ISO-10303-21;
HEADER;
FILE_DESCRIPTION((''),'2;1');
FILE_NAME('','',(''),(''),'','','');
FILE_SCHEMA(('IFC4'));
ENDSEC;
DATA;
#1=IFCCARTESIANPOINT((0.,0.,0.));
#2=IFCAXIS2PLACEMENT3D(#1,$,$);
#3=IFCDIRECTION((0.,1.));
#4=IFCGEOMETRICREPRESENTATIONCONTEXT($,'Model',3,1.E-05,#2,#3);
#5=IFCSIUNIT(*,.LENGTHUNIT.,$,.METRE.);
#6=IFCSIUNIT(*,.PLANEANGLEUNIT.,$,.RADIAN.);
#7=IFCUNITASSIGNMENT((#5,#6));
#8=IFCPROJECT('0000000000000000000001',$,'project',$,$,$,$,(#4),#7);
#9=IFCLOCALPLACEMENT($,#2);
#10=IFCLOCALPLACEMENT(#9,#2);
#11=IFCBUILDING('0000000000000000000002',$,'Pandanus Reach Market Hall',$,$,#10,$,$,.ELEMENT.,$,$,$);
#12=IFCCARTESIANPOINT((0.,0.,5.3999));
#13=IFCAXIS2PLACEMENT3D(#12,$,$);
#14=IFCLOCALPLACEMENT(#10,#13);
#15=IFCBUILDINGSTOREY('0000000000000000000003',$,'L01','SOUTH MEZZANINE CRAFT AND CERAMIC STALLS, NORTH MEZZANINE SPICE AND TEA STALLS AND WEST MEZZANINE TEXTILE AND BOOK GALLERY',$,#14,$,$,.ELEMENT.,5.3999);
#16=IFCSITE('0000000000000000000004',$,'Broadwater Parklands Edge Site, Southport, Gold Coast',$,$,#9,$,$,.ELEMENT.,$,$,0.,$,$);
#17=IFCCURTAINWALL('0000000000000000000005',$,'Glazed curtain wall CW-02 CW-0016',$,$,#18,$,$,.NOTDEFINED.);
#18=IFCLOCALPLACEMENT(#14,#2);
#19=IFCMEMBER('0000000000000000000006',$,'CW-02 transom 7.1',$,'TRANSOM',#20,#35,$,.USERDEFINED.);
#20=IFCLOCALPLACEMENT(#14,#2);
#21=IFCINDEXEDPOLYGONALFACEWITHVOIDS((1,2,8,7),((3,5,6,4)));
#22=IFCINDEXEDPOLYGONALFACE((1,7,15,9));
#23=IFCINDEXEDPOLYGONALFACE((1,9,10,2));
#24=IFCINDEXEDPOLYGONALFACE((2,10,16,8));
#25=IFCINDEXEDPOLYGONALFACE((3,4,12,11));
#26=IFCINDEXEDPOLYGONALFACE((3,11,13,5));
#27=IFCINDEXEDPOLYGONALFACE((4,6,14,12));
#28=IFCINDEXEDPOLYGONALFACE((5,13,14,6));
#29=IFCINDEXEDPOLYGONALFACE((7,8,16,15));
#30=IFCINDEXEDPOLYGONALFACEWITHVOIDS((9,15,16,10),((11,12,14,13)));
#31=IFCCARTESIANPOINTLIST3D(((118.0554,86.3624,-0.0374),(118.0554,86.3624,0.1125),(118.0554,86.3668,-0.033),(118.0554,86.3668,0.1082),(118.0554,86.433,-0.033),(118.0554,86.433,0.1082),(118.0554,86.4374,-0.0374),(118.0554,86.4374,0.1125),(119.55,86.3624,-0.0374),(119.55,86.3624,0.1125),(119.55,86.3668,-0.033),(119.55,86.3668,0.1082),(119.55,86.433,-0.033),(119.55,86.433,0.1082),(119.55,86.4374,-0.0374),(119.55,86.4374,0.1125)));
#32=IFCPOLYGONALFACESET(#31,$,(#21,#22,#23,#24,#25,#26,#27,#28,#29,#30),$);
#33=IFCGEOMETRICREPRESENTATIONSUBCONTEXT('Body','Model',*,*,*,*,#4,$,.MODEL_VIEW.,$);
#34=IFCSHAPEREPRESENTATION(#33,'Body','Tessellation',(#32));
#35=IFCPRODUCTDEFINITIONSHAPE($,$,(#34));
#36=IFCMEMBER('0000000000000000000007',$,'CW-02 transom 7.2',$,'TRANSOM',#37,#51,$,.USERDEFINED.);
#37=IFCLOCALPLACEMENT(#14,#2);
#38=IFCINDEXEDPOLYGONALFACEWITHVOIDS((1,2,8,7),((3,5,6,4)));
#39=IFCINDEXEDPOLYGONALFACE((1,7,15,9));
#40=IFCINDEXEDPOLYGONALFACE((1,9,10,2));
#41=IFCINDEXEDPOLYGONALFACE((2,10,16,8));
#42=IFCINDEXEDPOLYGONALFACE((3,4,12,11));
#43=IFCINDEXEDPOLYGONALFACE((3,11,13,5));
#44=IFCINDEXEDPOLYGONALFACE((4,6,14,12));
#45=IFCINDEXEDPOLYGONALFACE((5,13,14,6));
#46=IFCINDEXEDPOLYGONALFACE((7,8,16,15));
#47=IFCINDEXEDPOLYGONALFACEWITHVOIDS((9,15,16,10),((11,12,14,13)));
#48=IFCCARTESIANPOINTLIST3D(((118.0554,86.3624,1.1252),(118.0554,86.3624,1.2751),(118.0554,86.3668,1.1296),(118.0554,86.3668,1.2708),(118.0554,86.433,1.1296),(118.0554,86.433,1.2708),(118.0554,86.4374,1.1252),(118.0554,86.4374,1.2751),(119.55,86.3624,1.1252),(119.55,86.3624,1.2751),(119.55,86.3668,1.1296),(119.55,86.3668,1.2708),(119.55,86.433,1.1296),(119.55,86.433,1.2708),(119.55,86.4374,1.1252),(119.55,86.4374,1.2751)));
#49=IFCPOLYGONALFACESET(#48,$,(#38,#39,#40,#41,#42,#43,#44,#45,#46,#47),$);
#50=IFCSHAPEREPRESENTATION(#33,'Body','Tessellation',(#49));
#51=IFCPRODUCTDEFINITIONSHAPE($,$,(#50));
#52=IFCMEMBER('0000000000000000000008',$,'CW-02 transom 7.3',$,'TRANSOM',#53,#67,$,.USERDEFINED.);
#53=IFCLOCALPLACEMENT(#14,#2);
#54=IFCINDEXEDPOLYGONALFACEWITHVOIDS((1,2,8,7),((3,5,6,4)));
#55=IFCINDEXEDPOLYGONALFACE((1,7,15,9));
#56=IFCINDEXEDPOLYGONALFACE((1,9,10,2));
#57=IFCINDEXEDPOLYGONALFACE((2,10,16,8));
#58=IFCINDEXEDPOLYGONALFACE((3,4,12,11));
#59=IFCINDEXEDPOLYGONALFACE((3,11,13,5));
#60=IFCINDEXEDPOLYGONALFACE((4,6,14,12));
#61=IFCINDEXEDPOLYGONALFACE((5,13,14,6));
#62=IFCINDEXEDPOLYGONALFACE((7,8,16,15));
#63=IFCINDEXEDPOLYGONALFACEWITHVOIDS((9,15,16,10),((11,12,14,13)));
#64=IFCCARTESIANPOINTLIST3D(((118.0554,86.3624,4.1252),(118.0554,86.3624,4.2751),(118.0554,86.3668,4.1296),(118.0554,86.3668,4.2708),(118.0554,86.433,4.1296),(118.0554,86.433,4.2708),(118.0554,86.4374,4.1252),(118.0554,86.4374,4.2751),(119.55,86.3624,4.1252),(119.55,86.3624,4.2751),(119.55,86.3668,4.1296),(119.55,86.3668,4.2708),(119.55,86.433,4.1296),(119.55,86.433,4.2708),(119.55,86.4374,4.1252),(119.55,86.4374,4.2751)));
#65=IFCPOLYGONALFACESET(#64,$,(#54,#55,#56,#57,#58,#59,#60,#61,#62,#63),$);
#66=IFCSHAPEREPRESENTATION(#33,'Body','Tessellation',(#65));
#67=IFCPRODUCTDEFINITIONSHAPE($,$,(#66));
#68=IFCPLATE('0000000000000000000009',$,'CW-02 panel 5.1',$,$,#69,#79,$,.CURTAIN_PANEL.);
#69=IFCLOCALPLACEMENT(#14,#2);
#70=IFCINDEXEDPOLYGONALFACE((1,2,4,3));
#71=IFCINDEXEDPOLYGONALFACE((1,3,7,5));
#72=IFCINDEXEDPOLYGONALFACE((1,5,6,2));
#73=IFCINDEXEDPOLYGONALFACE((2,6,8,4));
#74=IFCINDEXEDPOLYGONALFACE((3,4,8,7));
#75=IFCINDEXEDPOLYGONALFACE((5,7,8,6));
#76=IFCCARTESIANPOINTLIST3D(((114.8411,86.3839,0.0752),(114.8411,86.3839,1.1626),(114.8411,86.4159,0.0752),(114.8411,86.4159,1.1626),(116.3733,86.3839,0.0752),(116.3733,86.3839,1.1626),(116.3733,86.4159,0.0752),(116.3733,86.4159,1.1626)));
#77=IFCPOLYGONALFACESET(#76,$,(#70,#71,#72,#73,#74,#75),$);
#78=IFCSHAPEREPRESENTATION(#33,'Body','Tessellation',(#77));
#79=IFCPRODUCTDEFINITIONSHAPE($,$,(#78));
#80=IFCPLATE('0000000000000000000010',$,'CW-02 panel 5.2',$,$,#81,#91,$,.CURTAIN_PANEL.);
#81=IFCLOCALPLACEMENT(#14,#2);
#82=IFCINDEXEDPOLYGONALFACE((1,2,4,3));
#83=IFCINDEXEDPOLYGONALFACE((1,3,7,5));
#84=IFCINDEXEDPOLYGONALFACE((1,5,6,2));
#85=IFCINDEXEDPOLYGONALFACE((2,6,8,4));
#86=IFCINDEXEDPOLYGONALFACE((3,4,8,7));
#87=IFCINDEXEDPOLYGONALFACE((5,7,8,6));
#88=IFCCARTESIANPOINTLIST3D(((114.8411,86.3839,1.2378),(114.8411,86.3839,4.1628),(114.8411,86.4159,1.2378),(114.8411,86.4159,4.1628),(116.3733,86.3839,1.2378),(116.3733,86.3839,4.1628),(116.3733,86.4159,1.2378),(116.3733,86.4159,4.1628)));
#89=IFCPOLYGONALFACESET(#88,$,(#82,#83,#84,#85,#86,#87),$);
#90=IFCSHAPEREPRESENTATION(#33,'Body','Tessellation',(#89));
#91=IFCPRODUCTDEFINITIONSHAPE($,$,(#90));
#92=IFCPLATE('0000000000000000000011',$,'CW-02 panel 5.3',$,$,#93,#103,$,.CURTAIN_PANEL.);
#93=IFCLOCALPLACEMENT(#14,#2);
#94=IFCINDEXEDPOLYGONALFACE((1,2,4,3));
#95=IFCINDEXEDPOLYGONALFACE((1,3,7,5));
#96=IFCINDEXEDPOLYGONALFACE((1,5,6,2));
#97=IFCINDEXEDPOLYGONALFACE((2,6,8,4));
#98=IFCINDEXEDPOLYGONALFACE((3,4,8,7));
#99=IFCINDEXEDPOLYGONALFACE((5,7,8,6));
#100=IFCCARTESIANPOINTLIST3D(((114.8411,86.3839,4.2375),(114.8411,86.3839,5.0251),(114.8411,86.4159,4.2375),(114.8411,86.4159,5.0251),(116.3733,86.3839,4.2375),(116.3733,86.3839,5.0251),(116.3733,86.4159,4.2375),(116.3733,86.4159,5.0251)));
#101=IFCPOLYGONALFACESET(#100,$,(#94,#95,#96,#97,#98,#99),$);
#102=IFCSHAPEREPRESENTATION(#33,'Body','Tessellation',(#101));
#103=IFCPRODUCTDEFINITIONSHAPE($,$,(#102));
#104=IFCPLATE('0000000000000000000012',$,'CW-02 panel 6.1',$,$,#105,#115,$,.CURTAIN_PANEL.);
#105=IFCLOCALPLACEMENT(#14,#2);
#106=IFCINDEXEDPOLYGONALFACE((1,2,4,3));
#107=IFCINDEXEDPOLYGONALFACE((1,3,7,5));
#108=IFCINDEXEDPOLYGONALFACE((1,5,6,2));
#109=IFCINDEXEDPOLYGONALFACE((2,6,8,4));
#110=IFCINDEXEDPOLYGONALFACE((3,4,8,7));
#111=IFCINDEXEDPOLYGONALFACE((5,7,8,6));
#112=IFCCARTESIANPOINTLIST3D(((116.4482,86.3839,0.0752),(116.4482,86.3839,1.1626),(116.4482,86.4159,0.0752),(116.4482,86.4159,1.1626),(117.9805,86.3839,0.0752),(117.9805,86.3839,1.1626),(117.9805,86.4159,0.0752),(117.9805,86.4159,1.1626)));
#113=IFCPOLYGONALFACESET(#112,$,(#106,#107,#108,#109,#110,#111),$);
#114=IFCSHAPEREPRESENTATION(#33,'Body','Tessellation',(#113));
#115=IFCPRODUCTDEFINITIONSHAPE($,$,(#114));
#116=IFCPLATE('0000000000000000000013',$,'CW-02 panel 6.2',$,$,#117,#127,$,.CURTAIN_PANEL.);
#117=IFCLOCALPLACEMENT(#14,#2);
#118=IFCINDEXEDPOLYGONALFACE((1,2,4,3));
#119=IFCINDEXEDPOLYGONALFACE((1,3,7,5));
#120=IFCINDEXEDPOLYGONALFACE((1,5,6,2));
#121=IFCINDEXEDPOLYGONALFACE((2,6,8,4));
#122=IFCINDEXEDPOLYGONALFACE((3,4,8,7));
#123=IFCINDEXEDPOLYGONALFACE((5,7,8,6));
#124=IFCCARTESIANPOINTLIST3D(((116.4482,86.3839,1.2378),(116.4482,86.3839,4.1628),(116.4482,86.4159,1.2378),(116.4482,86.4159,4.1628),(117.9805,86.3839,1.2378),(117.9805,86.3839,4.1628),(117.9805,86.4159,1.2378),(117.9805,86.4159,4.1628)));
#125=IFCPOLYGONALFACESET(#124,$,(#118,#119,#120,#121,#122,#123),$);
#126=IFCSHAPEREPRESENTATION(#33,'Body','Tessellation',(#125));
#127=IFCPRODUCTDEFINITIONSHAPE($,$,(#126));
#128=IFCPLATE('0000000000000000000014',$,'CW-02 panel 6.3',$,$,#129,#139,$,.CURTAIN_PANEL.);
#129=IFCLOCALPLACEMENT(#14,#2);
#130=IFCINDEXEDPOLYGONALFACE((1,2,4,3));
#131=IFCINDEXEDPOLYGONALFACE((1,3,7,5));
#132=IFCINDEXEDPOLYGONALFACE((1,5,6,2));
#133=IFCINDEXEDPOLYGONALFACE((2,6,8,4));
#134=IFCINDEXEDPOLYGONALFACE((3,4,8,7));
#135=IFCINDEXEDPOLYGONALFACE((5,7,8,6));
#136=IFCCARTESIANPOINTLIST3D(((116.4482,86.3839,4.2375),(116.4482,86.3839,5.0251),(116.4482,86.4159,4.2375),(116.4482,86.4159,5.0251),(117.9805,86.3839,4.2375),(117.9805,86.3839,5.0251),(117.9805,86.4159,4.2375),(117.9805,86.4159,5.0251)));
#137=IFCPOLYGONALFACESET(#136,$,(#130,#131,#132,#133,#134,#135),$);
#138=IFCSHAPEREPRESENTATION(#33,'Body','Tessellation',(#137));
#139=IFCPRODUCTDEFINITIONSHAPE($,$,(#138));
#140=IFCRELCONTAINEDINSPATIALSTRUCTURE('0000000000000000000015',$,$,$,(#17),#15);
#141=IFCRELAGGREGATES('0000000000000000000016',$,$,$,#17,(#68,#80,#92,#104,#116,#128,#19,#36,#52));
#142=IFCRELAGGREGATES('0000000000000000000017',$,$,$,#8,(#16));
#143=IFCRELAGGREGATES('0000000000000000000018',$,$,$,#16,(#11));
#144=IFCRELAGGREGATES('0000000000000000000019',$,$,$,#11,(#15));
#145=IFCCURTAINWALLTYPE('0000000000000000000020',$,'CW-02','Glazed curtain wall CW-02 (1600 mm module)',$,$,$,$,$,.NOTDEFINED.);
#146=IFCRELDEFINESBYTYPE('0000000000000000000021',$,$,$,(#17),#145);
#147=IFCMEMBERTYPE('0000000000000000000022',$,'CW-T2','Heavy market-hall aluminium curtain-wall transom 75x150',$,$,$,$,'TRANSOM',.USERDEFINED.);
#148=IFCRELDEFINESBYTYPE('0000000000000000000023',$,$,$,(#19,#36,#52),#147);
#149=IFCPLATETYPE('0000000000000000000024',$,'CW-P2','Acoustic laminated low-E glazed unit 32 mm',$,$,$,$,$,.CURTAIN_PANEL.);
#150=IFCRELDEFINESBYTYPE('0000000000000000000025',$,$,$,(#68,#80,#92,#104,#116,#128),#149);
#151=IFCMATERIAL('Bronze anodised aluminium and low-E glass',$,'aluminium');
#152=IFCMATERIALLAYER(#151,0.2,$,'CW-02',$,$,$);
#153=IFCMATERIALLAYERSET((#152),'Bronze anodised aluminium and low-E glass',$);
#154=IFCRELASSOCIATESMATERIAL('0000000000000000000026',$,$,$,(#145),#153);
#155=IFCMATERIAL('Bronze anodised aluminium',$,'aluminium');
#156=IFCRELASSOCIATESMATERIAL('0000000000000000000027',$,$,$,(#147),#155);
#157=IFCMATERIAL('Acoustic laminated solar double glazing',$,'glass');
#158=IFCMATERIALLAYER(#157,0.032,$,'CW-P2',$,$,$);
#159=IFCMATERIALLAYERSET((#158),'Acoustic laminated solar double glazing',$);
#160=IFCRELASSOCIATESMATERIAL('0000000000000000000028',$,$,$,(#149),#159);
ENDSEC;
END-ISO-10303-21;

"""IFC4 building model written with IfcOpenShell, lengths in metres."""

from ifc_helpers import new_model, si_unit, direction, frame, origin, origin_2d, place, context, subcontext, project, spatial, rectangle, hollow_rectangle, extrude, material, layer, layer_set, material_profile, profile_set, type_object, element, aggregate, save


model = new_model("IFC4")

# Units and contexts
model_context = context("Model", 3, precision=1e-05, world=origin(), true_north=direction((0.0, 1.0)))
body_context = subcontext(model_context, "Body", "Model", "MODEL_VIEW")
ifc_project = project(units=[si_unit("LENGTHUNIT", "METRE"), si_unit("PLANEANGLEUNIT", "RADIAN")], contexts=[model_context])

# Site, building, storey
site_placement = place(None, origin())
site = spatial("IfcSite", under=ifc_project, at=site_placement, Name="Broadwater Parklands Edge Site, Southport, Gold Coast", CompositionType="ELEMENT", RefElevation=0.0)
building_placement = place(site_placement, origin())
building = spatial("IfcBuilding", under=site, at=building_placement, Name="Pandanus Reach Market Hall", CompositionType="ELEMENT")
storey_placement = place(building_placement, frame((0.0, 0.0, 5.3999)))
storey = spatial("IfcBuildingStorey", under=building, at=storey_placement, Name="L01", Description="SOUTH MEZZANINE CRAFT AND CERAMIC STALLS, NORTH MEZZANINE SPICE AND TEA STALLS AND WEST MEZZANINE TEXTILE AND BOOK GALLERY", CompositionType="ELEMENT", Elevation=5.3999)

# Curtain wall, members, plates
ifc_material_1 = material(Name="Bronze anodised aluminium and low-E glass", Category="aluminium")
ifc_layer_1 = layer(ifc_material_1, 0.2, Name="CW-02")
ifc_layer_set_1 = layer_set([ifc_layer_1], Name="Bronze anodised aluminium and low-E glass")
curtain_wall_type = type_object("IfcCurtainWallType", Name="CW-02", Description="Glazed curtain wall CW-02 (1600 mm module)", PredefinedType="NOTDEFINED", material=ifc_layer_set_1)
curtain_wall_placement = place(storey_placement, origin())
curtain_wall = element("IfcCurtainWall", 1, at=curtain_wall_placement, inside=storey, type_object=curtain_wall_type, Name="Glazed curtain wall CW-02 CW-0016", PredefinedType="NOTDEFINED")
ifc_material_2 = material(Name="Bronze anodised aluminium", Category="aluminium")
ifc_material_profile_1 = material_profile(ifc_material_2, hollow_rectangle(XDim=0.075, YDim=0.1499, WallThickness=0.0044, at=origin_2d()), Name="ALU75x150", Category="LoadBearing")
ifc_profile_set_1 = profile_set([ifc_material_profile_1], Name="Bronze anodised aluminium")
member_type_1 = type_object("IfcMemberType", Name="CW-T2", Description="Heavy market-hall aluminium curtain-wall transom 75x150", ElementType="TRANSOM", PredefinedType="USERDEFINED", material=ifc_profile_set_1)
member_1_placement = place(storey_placement, frame((118.0554, 86.3999, 0.0376), z_axis=(1.0, 0.0, 0.0), x_axis=(0.0, 1.0, 0.0)))
member_1 = element("IfcMember", 2, at=member_1_placement, type_object=member_type_1, Name="CW-02 transom 7.1", ObjectType="TRANSOM", PredefinedType="USERDEFINED", context=body_context, shape_type="SweptSolid", body=[
    extrude(hollow_rectangle(XDim=0.075, YDim=0.1499, WallThickness=0.0044, at=origin_2d()), origin(), (0.0, 0.0, 1.0), 1.4946),
])
member_2_placement = place(storey_placement, frame((118.0554, 86.3999, 1.2002), z_axis=(1.0, 0.0, 0.0), x_axis=(0.0, 1.0, 0.0)))
member_2 = element("IfcMember", 3, at=member_2_placement, type_object=member_type_1, Name="CW-02 transom 7.2", ObjectType="TRANSOM", PredefinedType="USERDEFINED", context=body_context, shape_type="SweptSolid", body=[
    extrude(hollow_rectangle(XDim=0.075, YDim=0.1499, WallThickness=0.0044, at=origin_2d()), origin(), (0.0, 0.0, 1.0), 1.4946),
])
member_3_placement = place(storey_placement, frame((118.0554, 86.3999, 4.2002), z_axis=(1.0, 0.0, 0.0), x_axis=(0.0, 1.0, 0.0)))
member_3 = element("IfcMember", 4, at=member_3_placement, type_object=member_type_1, Name="CW-02 transom 7.3", ObjectType="TRANSOM", PredefinedType="USERDEFINED", context=body_context, shape_type="SweptSolid", body=[
    extrude(hollow_rectangle(XDim=0.075, YDim=0.1499, WallThickness=0.0044, at=origin_2d()), origin(), (0.0, 0.0, 1.0), 1.4946),
])
ifc_material_3 = material(Name="Acoustic laminated solar double glazing", Category="glass")
ifc_layer_2 = layer(ifc_material_3, 0.032, Name="CW-P2")
ifc_layer_set_2 = layer_set([ifc_layer_2], Name="Acoustic laminated solar double glazing")
plate_type = type_object("IfcPlateType", Name="CW-P2", Description="Acoustic laminated low-E glazed unit 32 mm", PredefinedType="CURTAIN_PANEL", material=ifc_layer_set_2)
plate_1_placement = place(storey_placement, frame((115.6072, 86.3999, 0.0752), z_axis=(0.0, 0.0, 1.0), x_axis=(1.0, 0.0, 0.0)))
plate_1 = element("IfcPlate", 5, at=plate_1_placement, type_object=plate_type, Name="CW-02 panel 5.1", PredefinedType="CURTAIN_PANEL", context=body_context, shape_type="SweptSolid", body=[
    extrude(rectangle(XDim=1.5322, YDim=0.032, at=origin_2d()), origin(), (0.0, 0.0, 1.0), 1.0874),
])
plate_2_placement = place(storey_placement, frame((115.6072, 86.3999, 1.2378), z_axis=(0.0, 0.0, 1.0), x_axis=(1.0, 0.0, 0.0)))
plate_2 = element("IfcPlate", 6, at=plate_2_placement, type_object=plate_type, Name="CW-02 panel 5.2", PredefinedType="CURTAIN_PANEL", context=body_context, shape_type="SweptSolid", body=[
    extrude(rectangle(XDim=1.5322, YDim=0.032, at=origin_2d()), origin(), (0.0, 0.0, 1.0), 2.925),
])
plate_3_placement = place(storey_placement, frame((115.6072, 86.3999, 4.2375), z_axis=(0.0, 0.0, 1.0), x_axis=(1.0, 0.0, 0.0)))
plate_3 = element("IfcPlate", 7, at=plate_3_placement, type_object=plate_type, Name="CW-02 panel 5.3", PredefinedType="CURTAIN_PANEL", context=body_context, shape_type="SweptSolid", body=[
    extrude(rectangle(XDim=1.5322, YDim=0.032, at=origin_2d()), origin(), (0.0, 0.0, 1.0), 0.7876),
])
plate_4_placement = place(storey_placement, frame((117.2144, 86.3999, 0.0752), z_axis=(0.0, 0.0, 1.0), x_axis=(1.0, 0.0, 0.0)))
plate_4 = element("IfcPlate", 8, at=plate_4_placement, type_object=plate_type, Name="CW-02 panel 6.1", PredefinedType="CURTAIN_PANEL", context=body_context, shape_type="SweptSolid", body=[
    extrude(rectangle(XDim=1.5322, YDim=0.032, at=origin_2d()), origin(), (0.0, 0.0, 1.0), 1.0874),
])
plate_5_placement = place(storey_placement, frame((117.2144, 86.3999, 1.2378), z_axis=(0.0, 0.0, 1.0), x_axis=(1.0, 0.0, 0.0)))
plate_5 = element("IfcPlate", 9, at=plate_5_placement, type_object=plate_type, Name="CW-02 panel 6.2", PredefinedType="CURTAIN_PANEL", context=body_context, shape_type="SweptSolid", body=[
    extrude(rectangle(XDim=1.5322, YDim=0.032, at=origin_2d()), origin(), (0.0, 0.0, 1.0), 2.925),
])
plate_6_placement = place(storey_placement, frame((117.2144, 86.3999, 4.2375), z_axis=(0.0, 0.0, 1.0), x_axis=(1.0, 0.0, 0.0)))
plate_6 = element("IfcPlate", 10, at=plate_6_placement, type_object=plate_type, Name="CW-02 panel 6.3", PredefinedType="CURTAIN_PANEL", context=body_context, shape_type="SweptSolid", body=[
    extrude(rectangle(XDim=1.5322, YDim=0.032, at=origin_2d()), origin(), (0.0, 0.0, 1.0), 0.7876),
])
aggregate(curtain_wall, [plate_1, plate_2, plate_3, plate_4, plate_5, plate_6, member_1, member_2, member_3])

save(model, "model.ifc")
